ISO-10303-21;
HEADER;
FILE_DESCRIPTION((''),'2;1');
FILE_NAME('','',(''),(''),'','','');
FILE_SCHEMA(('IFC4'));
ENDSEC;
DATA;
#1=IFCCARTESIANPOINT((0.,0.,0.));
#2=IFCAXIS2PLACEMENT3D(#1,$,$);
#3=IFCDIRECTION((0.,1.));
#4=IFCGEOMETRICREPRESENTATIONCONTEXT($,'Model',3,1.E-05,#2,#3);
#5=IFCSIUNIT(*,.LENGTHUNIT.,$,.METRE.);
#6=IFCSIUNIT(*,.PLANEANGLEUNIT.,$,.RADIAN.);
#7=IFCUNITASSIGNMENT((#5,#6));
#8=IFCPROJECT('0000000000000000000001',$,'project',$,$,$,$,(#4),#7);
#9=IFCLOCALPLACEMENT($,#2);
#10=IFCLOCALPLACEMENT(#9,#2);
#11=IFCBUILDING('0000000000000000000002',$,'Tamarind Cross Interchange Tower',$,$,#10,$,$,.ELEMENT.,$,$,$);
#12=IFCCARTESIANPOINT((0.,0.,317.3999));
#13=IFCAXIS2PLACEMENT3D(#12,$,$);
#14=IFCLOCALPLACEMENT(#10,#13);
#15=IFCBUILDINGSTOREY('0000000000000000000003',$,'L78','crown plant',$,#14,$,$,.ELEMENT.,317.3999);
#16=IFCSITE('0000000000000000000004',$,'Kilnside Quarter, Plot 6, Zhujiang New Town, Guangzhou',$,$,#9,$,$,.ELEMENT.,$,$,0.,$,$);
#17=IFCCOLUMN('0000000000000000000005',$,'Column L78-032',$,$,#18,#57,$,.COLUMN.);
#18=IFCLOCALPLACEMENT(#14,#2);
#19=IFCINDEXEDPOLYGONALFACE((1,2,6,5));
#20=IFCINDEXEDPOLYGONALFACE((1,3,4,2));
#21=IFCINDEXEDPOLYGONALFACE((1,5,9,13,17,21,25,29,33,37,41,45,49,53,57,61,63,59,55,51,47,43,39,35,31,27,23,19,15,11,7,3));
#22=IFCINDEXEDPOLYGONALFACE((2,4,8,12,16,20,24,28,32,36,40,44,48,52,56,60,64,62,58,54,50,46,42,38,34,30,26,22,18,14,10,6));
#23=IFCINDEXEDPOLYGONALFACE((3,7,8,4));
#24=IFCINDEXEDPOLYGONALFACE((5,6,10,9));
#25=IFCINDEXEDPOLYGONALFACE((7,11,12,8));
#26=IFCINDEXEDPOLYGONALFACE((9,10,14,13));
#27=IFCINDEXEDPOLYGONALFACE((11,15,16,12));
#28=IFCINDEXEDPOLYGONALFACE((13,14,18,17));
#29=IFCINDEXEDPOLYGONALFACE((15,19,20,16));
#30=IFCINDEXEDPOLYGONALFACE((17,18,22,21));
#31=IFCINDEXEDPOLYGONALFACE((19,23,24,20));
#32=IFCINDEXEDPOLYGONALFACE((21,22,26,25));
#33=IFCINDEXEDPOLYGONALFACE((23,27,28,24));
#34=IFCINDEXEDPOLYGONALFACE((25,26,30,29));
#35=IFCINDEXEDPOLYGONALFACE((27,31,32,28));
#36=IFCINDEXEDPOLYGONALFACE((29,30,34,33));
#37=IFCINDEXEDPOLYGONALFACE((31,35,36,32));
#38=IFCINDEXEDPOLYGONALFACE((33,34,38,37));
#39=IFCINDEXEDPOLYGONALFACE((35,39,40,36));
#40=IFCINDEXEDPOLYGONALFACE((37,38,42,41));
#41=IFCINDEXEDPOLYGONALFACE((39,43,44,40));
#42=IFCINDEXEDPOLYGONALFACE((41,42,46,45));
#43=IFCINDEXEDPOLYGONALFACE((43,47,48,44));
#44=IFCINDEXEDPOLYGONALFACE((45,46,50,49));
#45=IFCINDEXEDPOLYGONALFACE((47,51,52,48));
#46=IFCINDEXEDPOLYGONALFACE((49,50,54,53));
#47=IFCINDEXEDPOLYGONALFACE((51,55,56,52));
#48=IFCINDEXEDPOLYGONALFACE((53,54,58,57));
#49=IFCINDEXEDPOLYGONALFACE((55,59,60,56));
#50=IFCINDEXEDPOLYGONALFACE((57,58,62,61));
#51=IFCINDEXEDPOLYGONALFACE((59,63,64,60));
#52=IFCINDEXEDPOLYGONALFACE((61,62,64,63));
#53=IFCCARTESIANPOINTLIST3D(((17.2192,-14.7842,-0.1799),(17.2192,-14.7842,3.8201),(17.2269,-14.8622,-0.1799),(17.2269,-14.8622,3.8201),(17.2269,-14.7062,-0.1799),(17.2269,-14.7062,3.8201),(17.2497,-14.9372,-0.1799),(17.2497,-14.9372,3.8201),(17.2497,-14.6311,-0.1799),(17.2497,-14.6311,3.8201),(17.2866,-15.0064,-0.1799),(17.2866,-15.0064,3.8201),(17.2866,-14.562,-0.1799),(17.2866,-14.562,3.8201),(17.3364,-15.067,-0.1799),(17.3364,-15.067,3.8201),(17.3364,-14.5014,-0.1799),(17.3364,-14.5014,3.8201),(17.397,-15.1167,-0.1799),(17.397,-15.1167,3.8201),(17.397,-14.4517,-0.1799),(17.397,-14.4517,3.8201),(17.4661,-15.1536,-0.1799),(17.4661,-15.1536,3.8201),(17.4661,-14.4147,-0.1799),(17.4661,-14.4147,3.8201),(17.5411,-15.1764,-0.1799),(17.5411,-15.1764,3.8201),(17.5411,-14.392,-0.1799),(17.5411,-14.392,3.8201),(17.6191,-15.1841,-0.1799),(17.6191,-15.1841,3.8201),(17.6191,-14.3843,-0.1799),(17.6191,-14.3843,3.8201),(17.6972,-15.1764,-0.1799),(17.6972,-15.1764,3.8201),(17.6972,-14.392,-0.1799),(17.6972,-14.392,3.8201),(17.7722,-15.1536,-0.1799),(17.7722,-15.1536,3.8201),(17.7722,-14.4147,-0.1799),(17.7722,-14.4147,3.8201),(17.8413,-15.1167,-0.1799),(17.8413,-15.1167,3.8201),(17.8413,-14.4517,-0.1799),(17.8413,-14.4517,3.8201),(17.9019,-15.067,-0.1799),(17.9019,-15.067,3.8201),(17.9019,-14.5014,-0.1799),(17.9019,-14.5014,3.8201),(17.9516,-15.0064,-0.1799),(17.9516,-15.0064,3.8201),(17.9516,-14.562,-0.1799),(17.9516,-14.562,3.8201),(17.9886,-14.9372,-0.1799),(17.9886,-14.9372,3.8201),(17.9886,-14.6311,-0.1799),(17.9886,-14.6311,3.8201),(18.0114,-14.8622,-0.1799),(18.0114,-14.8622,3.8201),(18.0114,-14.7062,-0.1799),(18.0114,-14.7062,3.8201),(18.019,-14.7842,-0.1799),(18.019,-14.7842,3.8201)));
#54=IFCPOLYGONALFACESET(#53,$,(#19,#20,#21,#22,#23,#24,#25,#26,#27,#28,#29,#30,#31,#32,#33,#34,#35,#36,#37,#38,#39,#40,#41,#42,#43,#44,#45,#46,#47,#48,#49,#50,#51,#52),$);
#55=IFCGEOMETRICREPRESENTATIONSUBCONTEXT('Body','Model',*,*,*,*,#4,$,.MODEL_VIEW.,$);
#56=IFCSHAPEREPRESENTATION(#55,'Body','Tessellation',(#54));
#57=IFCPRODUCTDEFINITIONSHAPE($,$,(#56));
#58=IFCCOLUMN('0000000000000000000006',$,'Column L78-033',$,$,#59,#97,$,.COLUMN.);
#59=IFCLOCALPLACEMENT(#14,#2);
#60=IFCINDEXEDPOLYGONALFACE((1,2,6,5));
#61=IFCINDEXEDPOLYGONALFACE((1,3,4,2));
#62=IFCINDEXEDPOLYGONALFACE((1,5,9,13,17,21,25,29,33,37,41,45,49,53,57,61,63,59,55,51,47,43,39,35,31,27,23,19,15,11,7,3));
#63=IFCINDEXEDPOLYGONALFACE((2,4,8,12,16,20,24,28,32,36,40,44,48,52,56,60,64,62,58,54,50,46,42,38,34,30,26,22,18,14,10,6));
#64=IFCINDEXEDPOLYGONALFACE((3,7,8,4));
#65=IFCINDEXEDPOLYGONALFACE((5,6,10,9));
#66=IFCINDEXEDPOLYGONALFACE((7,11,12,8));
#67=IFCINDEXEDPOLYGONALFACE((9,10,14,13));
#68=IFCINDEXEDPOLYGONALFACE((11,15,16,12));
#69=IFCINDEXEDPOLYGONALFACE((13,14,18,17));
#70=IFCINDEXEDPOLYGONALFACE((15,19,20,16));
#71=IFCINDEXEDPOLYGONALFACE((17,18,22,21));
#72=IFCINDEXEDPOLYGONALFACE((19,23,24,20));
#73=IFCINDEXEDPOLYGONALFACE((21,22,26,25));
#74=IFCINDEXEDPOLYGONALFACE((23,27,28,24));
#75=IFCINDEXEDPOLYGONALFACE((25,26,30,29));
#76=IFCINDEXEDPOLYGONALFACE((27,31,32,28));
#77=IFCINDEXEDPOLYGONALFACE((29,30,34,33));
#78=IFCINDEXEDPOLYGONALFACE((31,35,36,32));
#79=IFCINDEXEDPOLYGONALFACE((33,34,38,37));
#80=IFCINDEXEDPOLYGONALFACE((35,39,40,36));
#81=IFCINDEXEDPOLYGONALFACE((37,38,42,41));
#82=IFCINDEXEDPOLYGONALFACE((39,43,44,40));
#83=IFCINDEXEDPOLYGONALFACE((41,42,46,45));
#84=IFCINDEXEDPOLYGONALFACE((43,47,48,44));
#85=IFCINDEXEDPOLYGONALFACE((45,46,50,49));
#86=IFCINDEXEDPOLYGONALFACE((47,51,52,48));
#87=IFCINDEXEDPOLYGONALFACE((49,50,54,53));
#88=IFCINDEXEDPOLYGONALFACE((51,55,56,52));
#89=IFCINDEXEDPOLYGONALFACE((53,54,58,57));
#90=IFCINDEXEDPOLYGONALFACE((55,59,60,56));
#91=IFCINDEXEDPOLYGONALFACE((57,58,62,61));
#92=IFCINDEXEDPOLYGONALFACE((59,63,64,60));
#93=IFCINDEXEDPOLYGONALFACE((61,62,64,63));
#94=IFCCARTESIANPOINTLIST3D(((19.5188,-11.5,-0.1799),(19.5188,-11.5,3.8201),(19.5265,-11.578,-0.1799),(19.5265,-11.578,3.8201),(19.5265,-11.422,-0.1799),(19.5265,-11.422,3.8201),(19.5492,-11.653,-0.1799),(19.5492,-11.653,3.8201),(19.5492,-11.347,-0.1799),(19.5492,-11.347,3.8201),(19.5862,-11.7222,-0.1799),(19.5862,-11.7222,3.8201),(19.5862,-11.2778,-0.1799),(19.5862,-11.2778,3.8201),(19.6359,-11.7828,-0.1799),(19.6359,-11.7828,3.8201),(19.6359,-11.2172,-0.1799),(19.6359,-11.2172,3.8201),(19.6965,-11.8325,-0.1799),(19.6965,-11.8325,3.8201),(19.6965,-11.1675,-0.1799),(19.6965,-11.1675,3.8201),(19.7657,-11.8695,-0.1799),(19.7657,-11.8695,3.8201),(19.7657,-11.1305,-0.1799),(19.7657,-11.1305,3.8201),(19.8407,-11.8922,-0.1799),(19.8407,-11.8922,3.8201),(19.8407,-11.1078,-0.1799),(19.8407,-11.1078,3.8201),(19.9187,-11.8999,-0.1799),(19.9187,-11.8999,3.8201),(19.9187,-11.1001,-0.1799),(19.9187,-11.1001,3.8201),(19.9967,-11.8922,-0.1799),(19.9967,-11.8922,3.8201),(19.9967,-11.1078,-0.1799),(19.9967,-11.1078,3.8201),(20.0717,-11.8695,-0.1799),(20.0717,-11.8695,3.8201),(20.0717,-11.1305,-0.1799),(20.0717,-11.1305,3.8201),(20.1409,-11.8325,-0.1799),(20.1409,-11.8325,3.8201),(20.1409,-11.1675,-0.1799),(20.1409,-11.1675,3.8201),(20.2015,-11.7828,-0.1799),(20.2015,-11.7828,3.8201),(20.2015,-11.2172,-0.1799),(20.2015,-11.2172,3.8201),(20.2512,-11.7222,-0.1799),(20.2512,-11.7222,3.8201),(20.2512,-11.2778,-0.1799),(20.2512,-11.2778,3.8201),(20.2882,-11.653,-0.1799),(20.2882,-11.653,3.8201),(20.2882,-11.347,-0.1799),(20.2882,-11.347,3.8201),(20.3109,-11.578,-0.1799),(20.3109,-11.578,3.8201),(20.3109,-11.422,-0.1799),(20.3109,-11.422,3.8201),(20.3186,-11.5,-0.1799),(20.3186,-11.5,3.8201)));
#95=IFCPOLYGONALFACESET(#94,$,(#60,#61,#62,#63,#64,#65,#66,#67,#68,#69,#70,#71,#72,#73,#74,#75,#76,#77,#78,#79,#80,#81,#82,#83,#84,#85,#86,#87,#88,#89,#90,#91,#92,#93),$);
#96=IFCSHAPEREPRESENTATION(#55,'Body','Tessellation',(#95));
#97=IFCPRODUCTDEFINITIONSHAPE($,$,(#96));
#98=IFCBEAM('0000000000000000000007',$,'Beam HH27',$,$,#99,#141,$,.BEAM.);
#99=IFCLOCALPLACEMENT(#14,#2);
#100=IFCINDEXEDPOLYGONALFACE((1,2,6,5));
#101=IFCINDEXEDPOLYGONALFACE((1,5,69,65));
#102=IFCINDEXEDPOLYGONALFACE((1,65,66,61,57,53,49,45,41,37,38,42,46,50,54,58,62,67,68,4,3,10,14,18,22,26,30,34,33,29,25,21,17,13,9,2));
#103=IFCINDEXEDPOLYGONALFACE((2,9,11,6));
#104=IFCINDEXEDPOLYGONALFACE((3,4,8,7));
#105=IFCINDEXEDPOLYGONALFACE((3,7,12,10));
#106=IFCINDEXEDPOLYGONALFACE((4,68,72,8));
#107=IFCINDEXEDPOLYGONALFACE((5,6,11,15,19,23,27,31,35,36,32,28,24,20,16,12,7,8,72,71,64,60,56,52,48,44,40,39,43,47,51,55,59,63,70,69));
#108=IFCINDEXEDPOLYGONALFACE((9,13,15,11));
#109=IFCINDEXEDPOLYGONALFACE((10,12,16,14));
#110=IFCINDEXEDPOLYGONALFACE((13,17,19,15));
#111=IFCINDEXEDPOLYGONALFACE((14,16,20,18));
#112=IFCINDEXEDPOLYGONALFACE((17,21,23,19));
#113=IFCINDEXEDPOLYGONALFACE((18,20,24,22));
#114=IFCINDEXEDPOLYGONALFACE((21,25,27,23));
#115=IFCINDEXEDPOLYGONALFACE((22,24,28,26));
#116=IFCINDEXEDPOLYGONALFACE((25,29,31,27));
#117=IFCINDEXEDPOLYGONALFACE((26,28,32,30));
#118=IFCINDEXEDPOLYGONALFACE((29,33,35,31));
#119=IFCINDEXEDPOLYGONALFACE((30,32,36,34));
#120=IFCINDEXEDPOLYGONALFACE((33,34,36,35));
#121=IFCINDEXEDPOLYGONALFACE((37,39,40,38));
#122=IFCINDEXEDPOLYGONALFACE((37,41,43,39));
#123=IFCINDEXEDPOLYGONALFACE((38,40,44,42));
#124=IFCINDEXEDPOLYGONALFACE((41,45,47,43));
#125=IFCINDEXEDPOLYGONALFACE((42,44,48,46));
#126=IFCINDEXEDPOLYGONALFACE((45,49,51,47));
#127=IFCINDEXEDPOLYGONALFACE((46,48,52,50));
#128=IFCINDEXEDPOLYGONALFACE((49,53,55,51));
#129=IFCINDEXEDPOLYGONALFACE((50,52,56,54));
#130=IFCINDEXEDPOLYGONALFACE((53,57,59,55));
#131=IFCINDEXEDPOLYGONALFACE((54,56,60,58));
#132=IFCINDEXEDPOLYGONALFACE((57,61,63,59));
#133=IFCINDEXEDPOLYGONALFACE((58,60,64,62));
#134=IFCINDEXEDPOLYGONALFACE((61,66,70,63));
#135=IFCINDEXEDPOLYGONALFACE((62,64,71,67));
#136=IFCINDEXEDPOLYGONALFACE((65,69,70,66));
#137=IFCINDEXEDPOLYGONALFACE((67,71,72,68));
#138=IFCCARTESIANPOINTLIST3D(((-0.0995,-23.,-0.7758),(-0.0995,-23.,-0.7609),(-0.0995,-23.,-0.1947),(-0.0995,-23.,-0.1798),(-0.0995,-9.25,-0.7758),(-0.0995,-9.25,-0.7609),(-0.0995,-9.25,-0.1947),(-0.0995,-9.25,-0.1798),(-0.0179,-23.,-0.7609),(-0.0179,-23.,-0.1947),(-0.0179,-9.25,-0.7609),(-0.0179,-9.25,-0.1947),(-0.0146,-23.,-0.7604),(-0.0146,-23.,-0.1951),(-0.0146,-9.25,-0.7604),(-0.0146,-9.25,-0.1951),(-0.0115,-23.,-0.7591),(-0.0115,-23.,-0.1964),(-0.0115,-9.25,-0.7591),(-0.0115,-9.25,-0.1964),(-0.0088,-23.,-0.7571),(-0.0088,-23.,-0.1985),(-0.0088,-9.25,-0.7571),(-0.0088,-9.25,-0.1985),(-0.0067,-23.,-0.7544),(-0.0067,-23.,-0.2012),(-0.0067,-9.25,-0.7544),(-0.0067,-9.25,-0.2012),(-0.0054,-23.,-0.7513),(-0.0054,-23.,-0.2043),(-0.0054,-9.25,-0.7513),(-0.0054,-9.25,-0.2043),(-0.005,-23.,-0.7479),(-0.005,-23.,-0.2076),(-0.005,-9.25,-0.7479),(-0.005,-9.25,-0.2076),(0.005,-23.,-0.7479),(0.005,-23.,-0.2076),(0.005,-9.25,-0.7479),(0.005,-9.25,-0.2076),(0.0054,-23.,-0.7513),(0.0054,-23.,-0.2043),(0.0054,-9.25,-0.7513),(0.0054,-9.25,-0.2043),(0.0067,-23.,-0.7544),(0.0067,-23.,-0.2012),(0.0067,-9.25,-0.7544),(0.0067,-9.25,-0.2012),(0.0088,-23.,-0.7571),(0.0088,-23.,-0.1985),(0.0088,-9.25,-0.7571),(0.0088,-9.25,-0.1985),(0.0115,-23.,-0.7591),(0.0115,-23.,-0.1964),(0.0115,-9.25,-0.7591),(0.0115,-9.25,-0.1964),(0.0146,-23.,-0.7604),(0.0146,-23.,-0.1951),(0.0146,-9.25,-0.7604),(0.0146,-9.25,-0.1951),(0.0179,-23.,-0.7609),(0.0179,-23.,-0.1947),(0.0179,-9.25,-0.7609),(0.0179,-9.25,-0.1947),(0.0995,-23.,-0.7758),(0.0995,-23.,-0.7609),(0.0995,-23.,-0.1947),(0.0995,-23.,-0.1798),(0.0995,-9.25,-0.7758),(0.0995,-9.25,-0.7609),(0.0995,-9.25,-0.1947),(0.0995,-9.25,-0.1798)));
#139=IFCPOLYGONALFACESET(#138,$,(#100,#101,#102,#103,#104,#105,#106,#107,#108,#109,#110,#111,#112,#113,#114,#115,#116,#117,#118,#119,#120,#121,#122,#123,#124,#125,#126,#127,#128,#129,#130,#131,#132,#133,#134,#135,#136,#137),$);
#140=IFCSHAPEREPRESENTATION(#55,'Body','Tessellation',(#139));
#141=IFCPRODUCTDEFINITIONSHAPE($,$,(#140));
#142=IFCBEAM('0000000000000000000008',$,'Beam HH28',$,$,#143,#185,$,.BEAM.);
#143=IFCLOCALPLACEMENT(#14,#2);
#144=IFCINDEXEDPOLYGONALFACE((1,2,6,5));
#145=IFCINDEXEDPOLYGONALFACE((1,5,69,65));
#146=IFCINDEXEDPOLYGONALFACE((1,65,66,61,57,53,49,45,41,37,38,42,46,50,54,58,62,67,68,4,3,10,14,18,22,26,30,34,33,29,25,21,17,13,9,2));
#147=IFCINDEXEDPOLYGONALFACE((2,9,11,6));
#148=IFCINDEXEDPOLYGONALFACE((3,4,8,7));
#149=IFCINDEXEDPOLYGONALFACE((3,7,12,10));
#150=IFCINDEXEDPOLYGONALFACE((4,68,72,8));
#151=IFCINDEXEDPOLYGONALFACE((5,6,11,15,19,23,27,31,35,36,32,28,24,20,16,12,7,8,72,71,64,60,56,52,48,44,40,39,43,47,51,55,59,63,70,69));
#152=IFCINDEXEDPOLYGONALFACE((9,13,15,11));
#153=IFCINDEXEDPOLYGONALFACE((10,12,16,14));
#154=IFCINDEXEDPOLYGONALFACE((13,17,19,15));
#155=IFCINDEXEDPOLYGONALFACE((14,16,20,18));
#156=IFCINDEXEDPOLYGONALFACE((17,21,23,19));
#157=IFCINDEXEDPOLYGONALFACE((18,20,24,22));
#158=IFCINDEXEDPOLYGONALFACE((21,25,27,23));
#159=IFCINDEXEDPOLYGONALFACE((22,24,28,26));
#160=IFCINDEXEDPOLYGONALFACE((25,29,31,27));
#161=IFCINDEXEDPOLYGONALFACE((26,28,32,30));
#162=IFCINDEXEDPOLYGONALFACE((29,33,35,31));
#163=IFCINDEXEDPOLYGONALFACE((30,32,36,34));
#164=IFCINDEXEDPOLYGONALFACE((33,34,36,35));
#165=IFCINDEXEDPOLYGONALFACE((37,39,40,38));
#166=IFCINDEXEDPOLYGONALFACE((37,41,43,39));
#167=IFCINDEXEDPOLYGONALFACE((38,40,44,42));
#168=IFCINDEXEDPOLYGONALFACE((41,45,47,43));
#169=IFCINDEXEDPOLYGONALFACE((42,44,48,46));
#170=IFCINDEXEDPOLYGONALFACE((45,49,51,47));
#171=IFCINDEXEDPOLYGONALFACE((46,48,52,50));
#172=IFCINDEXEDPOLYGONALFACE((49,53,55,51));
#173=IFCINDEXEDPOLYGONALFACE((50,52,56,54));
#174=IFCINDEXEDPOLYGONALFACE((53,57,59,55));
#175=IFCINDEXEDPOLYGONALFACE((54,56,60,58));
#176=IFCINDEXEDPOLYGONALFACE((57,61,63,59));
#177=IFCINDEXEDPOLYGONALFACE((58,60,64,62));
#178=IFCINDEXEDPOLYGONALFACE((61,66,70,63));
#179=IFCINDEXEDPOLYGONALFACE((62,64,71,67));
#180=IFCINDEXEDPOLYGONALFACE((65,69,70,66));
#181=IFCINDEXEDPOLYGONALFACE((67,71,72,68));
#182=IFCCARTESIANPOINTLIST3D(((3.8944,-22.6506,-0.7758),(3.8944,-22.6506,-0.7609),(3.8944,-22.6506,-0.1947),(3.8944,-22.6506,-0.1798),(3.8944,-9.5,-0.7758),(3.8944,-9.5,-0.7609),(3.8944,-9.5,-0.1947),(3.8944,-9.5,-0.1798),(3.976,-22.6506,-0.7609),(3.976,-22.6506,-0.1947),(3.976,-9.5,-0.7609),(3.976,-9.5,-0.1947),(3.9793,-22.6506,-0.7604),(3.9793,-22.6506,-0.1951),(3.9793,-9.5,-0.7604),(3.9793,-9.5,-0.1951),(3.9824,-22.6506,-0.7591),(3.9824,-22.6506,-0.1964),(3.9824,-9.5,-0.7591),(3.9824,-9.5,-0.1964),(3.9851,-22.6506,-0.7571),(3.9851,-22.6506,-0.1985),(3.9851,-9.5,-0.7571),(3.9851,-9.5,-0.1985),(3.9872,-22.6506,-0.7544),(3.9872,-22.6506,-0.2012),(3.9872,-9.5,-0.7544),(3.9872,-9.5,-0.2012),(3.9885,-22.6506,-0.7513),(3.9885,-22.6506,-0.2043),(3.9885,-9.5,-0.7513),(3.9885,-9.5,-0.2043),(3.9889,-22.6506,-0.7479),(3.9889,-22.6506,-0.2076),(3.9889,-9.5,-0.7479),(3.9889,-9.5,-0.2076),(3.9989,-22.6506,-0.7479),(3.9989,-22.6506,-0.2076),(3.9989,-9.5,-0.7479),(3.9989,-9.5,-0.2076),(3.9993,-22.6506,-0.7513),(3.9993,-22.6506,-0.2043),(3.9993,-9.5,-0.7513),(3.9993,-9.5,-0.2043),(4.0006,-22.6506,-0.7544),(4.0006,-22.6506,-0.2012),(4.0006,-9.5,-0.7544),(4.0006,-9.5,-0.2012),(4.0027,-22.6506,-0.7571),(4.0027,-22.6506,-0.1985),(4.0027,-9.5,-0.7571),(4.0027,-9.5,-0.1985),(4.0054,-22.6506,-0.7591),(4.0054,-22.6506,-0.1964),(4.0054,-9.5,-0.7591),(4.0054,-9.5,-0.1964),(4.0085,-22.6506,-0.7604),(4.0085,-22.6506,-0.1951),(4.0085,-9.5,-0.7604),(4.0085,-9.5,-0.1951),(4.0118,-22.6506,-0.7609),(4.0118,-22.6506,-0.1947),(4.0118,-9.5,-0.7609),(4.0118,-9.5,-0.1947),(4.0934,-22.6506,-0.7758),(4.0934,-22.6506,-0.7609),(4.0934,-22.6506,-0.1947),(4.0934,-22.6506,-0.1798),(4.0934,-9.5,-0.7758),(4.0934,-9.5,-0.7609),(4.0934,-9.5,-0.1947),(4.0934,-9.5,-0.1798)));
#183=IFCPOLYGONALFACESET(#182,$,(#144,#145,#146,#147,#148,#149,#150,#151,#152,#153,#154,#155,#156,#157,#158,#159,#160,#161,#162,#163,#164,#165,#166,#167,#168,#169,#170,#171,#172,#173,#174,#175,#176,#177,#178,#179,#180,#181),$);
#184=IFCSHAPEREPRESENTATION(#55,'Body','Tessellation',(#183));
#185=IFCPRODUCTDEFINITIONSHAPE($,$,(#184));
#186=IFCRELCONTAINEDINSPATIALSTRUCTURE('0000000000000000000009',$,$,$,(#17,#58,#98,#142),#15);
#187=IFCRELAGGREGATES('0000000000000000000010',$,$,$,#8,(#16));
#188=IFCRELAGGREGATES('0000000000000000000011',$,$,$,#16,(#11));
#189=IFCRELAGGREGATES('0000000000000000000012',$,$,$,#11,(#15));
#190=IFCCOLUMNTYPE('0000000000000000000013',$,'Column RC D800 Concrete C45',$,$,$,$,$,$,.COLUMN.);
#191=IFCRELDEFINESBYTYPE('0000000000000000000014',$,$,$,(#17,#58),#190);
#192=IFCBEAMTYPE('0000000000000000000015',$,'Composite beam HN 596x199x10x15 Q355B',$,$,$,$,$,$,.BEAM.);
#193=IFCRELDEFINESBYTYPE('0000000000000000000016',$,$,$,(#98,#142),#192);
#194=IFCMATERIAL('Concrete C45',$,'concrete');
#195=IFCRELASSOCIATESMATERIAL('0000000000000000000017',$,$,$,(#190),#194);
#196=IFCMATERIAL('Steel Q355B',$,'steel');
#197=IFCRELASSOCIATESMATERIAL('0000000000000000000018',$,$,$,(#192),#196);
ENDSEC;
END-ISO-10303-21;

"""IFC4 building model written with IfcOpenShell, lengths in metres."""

from ifc_helpers import new_model, si_unit, direction, frame, origin, origin_2d, place, context, subcontext, project, spatial, circle, i_section, extrude, material, material_profile, profile_set, type_object, element, save


model = new_model("IFC4")

# Units and contexts
model_context = context("Model", 3, precision=1e-05, world=origin(), true_north=direction((0.0, 1.0)))
body_context = subcontext(model_context, "Body", "Model", "MODEL_VIEW")
ifc_project = project(units=[si_unit("LENGTHUNIT", "METRE"), si_unit("PLANEANGLEUNIT", "RADIAN")], contexts=[model_context])

# Site, building, storey
site_placement = place(None, origin())
site = spatial("IfcSite", under=ifc_project, at=site_placement, Name="Kilnside Quarter, Plot 6, Zhujiang New Town, Guangzhou", CompositionType="ELEMENT", RefElevation=0.0)
building_placement = place(site_placement, origin())
building = spatial("IfcBuilding", under=site, at=building_placement, Name="Tamarind Cross Interchange Tower", CompositionType="ELEMENT")
storey_placement = place(building_placement, frame((0.0, 0.0, 317.3999)))
storey = spatial("IfcBuildingStorey", under=building, at=storey_placement, Name="L78", Description="crown plant", CompositionType="ELEMENT", Elevation=317.3999)

# Columns
ifc_material_1 = material(Name="Concrete C45", Category="concrete")
ifc_material_profile_1 = material_profile(ifc_material_1, circle(Radius=0.3999, at=origin_2d()), Name="RC D800")
ifc_profile_set_1 = profile_set([ifc_material_profile_1], Name="Concrete C45")
column_type = type_object("IfcColumnType", Name="Column RC D800 Concrete C45", PredefinedType="COLUMN", material=ifc_profile_set_1)
for number, where, z_axis, x_axis, name in (
    (1, (17.6191, -14.7842, -0.1799), (0.0, 0.0, 1.0), (1.0, 0.0, 0.0), "Column L78-032"),
    (2, (19.9187, -11.5, -0.1799), (0.0, 0.0, 1.0), (1.0, 0.0, 0.0), "Column L78-033"),
):
    element("IfcColumn", number, at=place(storey_placement, frame(where, z_axis=z_axis, x_axis=x_axis)), inside=storey, type_object=column_type, Name=name, PredefinedType="COLUMN", context=body_context, shape_type="SweptSolid", body=[
        extrude(circle(Radius=0.3999, at=origin_2d()), origin(), (0.0, 0.0, 1.0), 4.0),
    ])

# Beams
ifc_material_2 = material(Name="Steel Q355B", Category="steel")
ifc_material_profile_2 = material_profile(ifc_material_2, i_section(OverallWidth=0.199, OverallDepth=0.5959, WebThickness=0.01, FlangeThickness=0.0149, FilletRadius=0.0129, at=origin_2d()), Name="HN 596x199x10x15")
ifc_profile_set_2 = profile_set([ifc_material_profile_2], Name="Steel Q355B")
beam_type = type_object("IfcBeamType", Name="Composite beam HN 596x199x10x15 Q355B", PredefinedType="BEAM", material=ifc_profile_set_2)
beam_1_placement = place(storey_placement, frame((0.0, -23.0, -0.4778), z_axis=(0.0, 1.0, 0.0), x_axis=(-1.0, 0.0, 0.0)))
element("IfcBeam", 3, at=beam_1_placement, inside=storey, type_object=beam_type, Name="Beam HH27", PredefinedType="BEAM", context=body_context, shape_type="SweptSolid", body=[
    extrude(i_section(OverallWidth=0.199, OverallDepth=0.5959, WebThickness=0.01, FlangeThickness=0.0149, FilletRadius=0.0129, at=origin_2d()), origin(), (0.0, 0.0, 1.0), 13.75),
])
beam_2_placement = place(storey_placement, frame((3.9939, -22.6506, -0.4778), z_axis=(0.0, 1.0, 0.0), x_axis=(-1.0, 0.0, 0.0)))
element("IfcBeam", 4, at=beam_2_placement, inside=storey, type_object=beam_type, Name="Beam HH28", PredefinedType="BEAM", context=body_context, shape_type="SweptSolid", body=[
    extrude(i_section(OverallWidth=0.199, OverallDepth=0.5959, WebThickness=0.01, FlangeThickness=0.0149, FilletRadius=0.0129, at=origin_2d()), origin(), (0.0, 0.0, 1.0), 13.1506),
])

save(model, "model.ifc")
